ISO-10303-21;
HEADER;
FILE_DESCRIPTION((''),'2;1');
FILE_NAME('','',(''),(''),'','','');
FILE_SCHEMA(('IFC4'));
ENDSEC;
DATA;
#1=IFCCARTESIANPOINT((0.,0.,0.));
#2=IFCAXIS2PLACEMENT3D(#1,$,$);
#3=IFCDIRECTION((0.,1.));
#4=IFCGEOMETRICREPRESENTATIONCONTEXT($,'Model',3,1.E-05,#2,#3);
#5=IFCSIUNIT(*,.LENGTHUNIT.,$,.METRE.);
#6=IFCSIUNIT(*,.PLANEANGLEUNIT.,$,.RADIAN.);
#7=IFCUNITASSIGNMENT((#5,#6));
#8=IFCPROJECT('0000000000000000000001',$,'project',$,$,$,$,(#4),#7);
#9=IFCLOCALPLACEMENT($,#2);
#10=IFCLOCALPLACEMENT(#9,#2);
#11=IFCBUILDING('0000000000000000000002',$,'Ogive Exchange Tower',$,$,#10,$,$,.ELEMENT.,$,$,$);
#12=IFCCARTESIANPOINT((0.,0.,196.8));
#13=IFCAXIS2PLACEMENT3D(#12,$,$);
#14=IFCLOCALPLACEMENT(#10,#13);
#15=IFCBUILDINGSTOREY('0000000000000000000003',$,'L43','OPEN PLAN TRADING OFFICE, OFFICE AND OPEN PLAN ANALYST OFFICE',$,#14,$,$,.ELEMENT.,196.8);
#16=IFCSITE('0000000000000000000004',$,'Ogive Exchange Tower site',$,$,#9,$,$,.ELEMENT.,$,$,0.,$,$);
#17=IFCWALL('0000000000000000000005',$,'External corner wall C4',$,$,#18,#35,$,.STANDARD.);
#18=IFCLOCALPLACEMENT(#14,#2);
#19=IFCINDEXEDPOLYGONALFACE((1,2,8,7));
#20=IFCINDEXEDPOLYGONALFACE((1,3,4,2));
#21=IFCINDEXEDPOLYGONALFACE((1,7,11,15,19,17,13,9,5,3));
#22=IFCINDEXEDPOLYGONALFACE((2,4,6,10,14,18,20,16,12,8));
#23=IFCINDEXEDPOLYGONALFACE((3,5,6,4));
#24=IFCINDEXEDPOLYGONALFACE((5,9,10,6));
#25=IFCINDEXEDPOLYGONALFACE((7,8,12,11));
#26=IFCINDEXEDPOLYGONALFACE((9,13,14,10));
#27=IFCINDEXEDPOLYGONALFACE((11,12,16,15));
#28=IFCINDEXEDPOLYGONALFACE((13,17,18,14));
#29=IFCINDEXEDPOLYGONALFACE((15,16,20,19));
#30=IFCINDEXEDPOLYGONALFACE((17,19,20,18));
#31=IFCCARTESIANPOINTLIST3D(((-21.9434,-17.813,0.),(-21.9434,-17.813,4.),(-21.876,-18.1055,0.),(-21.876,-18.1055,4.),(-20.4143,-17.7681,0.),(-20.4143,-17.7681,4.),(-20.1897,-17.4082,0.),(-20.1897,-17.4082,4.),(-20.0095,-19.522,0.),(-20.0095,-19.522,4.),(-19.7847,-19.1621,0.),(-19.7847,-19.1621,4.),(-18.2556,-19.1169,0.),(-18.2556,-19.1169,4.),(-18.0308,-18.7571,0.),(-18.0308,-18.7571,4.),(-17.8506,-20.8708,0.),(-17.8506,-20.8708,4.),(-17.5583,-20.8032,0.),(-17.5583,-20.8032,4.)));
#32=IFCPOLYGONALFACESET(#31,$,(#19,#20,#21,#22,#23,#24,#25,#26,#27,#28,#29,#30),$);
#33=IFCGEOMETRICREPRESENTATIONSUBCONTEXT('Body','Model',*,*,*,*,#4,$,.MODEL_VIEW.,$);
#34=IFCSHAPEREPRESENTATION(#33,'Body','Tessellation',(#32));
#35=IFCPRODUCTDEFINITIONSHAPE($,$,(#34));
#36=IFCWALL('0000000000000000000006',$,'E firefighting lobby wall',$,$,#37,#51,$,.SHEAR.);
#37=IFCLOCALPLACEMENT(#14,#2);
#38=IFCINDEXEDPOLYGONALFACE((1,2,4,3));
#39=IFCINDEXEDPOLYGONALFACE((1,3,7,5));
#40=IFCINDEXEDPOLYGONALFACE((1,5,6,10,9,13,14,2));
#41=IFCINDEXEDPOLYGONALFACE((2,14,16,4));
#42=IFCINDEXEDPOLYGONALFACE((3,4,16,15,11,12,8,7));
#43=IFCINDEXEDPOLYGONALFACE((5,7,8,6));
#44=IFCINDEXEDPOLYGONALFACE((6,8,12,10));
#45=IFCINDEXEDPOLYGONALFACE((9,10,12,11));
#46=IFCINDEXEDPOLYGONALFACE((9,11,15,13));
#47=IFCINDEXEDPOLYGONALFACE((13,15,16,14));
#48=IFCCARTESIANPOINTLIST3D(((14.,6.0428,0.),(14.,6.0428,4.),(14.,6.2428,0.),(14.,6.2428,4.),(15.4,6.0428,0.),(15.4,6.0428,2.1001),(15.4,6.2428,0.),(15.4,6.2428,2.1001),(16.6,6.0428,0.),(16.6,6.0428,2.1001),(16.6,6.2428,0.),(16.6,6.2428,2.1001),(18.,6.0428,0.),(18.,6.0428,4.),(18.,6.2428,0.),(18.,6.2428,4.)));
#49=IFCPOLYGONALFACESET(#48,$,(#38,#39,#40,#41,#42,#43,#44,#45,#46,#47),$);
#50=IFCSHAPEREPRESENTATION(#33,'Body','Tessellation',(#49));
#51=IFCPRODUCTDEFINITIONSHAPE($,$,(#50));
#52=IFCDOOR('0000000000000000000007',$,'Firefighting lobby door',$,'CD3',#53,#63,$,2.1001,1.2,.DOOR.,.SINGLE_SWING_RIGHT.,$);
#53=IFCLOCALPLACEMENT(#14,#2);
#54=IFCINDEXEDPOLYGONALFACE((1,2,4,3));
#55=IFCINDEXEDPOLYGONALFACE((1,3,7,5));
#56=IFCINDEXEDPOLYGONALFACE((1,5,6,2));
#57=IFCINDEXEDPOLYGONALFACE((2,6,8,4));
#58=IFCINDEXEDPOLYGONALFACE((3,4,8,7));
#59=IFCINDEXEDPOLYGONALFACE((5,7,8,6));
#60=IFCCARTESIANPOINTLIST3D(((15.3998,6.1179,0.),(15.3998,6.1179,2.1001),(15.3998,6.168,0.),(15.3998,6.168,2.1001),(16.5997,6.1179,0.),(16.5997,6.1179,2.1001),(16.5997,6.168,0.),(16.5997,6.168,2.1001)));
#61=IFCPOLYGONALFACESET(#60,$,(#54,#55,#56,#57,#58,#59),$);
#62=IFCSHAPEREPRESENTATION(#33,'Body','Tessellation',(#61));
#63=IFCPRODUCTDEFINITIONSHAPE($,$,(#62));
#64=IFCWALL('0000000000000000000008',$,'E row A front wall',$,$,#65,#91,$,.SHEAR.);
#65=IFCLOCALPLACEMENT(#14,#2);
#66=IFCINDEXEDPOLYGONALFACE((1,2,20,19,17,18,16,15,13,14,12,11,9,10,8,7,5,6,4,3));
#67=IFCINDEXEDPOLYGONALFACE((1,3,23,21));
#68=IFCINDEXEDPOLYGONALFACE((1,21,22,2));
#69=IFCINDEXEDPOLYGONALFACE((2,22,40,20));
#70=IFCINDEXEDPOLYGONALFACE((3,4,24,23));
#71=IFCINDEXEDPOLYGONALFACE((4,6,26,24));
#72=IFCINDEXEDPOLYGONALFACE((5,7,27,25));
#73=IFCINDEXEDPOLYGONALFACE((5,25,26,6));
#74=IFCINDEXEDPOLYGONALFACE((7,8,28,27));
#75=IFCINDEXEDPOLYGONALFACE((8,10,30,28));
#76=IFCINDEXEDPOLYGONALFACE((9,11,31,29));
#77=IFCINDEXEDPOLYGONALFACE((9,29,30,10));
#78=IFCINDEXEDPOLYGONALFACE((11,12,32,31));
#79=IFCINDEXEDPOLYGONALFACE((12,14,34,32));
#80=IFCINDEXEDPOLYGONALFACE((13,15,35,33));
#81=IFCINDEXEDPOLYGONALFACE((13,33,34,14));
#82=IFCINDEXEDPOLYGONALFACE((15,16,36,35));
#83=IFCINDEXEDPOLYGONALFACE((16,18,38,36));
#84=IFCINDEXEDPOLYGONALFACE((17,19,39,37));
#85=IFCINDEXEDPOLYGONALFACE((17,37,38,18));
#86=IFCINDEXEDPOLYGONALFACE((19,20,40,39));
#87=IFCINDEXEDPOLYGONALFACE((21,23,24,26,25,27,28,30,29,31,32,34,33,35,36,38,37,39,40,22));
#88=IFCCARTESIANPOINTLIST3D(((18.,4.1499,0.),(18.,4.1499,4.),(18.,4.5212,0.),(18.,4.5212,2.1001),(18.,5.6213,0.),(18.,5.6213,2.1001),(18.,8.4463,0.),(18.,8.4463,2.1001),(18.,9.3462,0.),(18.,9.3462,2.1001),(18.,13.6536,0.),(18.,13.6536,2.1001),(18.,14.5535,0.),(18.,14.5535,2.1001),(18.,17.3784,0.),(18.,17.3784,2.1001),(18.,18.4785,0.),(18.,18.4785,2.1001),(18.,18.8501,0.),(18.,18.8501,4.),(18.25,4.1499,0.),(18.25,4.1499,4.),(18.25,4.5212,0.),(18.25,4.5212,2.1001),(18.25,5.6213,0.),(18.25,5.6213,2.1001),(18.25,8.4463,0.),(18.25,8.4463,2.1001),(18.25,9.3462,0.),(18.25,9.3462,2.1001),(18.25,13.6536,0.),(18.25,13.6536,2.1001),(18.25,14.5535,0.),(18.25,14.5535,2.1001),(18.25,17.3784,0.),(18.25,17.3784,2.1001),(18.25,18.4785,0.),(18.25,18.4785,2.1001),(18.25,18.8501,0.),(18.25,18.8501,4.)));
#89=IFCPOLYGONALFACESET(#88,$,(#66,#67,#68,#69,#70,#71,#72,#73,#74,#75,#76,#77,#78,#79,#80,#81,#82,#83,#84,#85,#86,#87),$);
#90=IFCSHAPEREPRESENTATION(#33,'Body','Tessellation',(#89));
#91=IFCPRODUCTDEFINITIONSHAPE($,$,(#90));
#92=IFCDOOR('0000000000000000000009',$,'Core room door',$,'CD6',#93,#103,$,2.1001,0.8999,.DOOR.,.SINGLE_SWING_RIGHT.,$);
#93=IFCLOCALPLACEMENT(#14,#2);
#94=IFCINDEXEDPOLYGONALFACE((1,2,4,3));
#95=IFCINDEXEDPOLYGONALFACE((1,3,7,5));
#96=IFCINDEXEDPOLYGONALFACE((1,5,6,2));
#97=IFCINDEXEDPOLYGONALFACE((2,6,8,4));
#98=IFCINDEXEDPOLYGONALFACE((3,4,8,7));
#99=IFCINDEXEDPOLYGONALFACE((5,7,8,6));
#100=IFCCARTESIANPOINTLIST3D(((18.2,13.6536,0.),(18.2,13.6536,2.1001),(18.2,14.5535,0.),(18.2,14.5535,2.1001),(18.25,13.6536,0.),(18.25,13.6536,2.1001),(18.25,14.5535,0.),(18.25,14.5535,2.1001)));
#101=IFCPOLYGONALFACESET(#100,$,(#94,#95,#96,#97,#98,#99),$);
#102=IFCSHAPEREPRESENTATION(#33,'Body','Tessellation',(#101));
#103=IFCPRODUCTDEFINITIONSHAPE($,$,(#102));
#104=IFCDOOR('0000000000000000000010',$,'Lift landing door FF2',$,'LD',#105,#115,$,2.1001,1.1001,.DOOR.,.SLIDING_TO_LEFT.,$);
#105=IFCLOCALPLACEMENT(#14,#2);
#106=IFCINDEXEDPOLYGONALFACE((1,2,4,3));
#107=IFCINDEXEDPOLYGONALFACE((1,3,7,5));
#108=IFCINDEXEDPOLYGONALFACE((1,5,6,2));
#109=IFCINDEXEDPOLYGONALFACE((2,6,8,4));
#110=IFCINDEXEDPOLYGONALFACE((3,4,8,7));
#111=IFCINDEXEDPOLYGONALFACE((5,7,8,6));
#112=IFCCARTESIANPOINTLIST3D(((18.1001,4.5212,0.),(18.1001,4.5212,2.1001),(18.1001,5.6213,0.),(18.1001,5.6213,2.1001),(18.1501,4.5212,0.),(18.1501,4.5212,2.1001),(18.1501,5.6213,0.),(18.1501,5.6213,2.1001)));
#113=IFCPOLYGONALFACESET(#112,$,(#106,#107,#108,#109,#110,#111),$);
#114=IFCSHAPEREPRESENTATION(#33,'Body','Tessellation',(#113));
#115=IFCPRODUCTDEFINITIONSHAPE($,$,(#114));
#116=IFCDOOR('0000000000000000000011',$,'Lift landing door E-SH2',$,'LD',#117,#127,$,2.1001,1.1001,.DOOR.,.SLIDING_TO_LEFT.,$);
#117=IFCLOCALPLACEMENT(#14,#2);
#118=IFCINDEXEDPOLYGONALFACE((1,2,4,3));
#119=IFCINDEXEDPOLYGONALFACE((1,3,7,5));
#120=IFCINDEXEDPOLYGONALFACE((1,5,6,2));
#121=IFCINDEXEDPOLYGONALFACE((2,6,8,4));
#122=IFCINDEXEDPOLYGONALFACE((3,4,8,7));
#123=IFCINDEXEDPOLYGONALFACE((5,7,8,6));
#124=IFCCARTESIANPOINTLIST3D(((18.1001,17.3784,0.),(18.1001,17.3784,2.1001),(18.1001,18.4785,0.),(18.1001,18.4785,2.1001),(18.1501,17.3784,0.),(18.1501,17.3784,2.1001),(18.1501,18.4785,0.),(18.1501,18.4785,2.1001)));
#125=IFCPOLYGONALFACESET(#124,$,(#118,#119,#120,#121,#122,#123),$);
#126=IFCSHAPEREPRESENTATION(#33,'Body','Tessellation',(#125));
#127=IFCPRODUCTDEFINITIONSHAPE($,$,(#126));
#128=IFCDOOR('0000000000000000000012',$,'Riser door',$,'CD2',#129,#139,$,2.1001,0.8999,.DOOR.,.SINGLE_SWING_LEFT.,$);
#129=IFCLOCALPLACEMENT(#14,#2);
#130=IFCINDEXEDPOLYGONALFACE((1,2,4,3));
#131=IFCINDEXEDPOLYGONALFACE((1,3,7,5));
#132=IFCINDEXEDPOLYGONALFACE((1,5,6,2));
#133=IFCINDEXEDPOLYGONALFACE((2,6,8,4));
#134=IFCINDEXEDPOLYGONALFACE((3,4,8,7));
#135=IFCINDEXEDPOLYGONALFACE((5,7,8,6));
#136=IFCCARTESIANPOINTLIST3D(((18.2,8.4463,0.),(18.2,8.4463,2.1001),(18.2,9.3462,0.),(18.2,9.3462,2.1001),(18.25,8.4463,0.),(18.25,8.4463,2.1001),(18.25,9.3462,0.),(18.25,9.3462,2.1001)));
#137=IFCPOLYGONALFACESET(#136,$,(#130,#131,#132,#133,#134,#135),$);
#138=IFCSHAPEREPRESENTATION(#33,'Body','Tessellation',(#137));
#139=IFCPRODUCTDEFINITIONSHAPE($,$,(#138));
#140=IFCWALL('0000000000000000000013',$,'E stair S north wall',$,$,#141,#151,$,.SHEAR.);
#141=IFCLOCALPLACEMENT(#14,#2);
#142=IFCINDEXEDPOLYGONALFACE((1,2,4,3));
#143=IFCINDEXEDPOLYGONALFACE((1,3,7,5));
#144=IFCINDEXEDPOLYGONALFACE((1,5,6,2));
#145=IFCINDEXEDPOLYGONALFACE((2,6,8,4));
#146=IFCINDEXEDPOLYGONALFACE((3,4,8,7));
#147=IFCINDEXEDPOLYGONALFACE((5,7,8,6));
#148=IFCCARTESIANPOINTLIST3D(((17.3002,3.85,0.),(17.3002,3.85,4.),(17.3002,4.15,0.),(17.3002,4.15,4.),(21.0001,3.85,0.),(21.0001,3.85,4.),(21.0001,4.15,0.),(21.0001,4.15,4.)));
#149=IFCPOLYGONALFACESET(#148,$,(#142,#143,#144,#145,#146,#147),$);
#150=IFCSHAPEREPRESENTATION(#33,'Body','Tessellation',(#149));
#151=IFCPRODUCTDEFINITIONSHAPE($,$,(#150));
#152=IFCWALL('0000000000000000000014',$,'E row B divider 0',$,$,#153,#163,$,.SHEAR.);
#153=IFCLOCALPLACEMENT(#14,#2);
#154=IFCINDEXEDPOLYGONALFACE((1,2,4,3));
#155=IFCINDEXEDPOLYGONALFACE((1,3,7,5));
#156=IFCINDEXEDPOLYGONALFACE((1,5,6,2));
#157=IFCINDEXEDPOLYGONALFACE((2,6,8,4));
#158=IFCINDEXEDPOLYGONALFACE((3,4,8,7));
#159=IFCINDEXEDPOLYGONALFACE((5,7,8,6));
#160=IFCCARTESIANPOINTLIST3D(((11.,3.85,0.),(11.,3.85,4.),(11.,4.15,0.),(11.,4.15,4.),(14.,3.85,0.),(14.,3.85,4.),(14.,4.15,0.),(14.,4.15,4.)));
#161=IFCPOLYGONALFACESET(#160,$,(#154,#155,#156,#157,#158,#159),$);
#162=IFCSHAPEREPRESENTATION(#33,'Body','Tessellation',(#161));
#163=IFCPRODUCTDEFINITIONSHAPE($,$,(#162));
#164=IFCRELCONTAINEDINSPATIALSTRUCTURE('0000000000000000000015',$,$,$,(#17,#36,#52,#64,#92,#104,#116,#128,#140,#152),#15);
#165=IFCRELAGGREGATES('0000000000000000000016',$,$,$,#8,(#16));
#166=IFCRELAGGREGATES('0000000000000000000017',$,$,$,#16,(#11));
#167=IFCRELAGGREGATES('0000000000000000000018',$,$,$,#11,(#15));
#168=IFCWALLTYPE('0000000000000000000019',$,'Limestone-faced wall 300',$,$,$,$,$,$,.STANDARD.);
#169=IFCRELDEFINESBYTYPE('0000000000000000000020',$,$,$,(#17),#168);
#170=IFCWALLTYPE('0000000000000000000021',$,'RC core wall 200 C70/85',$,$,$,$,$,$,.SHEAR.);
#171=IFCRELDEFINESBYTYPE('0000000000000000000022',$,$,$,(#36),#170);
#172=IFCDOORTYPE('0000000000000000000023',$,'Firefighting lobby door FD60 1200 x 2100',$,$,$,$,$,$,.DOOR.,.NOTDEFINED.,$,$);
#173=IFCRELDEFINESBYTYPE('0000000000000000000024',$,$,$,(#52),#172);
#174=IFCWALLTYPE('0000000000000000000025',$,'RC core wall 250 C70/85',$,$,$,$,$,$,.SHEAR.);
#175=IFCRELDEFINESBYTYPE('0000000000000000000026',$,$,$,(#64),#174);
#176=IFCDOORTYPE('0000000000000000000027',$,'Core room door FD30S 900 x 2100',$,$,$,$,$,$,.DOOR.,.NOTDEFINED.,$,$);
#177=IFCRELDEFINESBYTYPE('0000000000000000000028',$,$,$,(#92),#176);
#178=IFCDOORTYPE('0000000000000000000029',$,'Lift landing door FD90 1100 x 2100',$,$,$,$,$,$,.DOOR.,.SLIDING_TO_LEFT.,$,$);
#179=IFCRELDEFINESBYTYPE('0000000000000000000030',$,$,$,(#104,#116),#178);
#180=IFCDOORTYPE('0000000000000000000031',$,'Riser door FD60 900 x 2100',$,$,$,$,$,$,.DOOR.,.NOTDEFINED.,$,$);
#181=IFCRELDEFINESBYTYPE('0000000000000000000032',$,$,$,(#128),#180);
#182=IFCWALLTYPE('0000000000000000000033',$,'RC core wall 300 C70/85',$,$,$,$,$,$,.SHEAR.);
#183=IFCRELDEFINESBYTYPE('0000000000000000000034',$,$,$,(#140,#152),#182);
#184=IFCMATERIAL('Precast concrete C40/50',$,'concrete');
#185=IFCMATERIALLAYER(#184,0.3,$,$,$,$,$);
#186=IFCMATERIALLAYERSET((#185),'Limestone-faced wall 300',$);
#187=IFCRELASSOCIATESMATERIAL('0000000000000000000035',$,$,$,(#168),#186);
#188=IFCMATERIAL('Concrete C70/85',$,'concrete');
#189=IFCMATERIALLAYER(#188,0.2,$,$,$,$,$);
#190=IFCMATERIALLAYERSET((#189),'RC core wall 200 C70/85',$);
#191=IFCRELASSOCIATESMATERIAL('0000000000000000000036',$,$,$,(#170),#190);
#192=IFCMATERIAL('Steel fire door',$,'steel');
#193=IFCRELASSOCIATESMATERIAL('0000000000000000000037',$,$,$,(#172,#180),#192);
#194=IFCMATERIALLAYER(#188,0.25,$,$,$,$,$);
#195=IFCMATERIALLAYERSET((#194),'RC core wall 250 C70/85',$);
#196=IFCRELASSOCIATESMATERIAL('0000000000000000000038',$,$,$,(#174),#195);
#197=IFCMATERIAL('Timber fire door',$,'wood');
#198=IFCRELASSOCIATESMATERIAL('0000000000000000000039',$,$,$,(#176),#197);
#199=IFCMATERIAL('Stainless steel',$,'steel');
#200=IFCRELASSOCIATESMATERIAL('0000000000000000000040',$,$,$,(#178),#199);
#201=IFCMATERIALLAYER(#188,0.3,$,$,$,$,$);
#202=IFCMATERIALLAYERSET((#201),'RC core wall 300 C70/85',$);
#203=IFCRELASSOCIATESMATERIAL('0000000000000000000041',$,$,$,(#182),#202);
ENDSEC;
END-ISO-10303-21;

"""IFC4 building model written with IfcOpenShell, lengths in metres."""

from ifc_helpers import new_model, si_unit, direction, frame, frame_2d, origin, place, context, subcontext, project, spatial, polyline, rectangle, outline, extrude, material, layer, layer_set, type_object, element, fill, save


model = new_model("IFC4")

# Units and contexts
model_context = context("Model", 3, precision=1e-05, world=origin(), true_north=direction((0.0, 1.0)))
body_context = subcontext(model_context, "Body", "Model", "MODEL_VIEW")
ifc_project = project(units=[si_unit("LENGTHUNIT", "METRE"), si_unit("PLANEANGLEUNIT", "RADIAN")], contexts=[model_context])

# Site, building, storey
site_placement = place(None, origin())
site = spatial("IfcSite", under=ifc_project, at=site_placement, Name="Ogive Exchange Tower site", CompositionType="ELEMENT", RefElevation=0.0)
building_placement = place(site_placement, origin())
building = spatial("IfcBuilding", under=site, at=building_placement, Name="Ogive Exchange Tower", CompositionType="ELEMENT")
storey_placement = place(building_placement, frame((0.0, 0.0, 196.8)))
storey = spatial("IfcBuildingStorey", under=building, at=storey_placement, Name="L43", Description="OPEN PLAN TRADING OFFICE, OFFICE AND OPEN PLAN ANALYST OFFICE", CompositionType="ELEMENT", Elevation=196.8)

# Shared definitions
ifc_material_1 = material(Name="Concrete C70/85", Category="concrete")

# Wall
ifc_material_2 = material(Name="Precast concrete C40/50", Category="concrete")
ifc_layer_1 = layer(ifc_material_2, 0.3)
ifc_layer_set_1 = layer_set([ifc_layer_1], Name="Limestone-faced wall 300")
wall_type_1 = type_object("IfcWallType", Name="Limestone-faced wall 300", PredefinedType="STANDARD", material=ifc_layer_set_1)
wall_1_placement = place(storey_placement, origin())
element("IfcWall", 1, at=wall_1_placement, inside=storey, type_object=wall_type_1, Name="External corner wall C4", PredefinedType="STANDARD", context=body_context, shape_type="SweptSolid", body=[
    extrude(outline(polyline([(-18.2556, -19.1169), (-20.0095, -19.522), (-20.4143, -17.7681), (-21.876, -18.1055), (-21.9434, -17.813), (-20.1897, -17.4082), (-19.7847, -19.1621), (-18.0308, -18.7571), (-17.5583, -20.8032), (-17.8506, -20.8708), (-18.2556, -19.1169)])), origin(), (0.0, 0.0, 1.0), 4.0),
])

# Wall, opening, door
ifc_layer_2 = layer(ifc_material_1, 0.2)
ifc_layer_set_2 = layer_set([ifc_layer_2], Name="RC core wall 200 C70/85")
wall_type_2 = type_object("IfcWallType", Name="RC core wall 200 C70/85", PredefinedType="SHEAR", material=ifc_layer_set_2)
wall_2_placement = place(storey_placement, frame((14.0, 6.1428, 0.0), z_axis=(0.0, 0.0, 1.0), x_axis=(1.0, 0.0, 0.0)))
wall_2 = element("IfcWall", 2, at=wall_2_placement, inside=storey, type_object=wall_type_2, Name="E firefighting lobby wall", PredefinedType="SHEAR", context=body_context, shape_type="SweptSolid", body=[
    extrude(rectangle(XDim=4.0, YDim=0.2, at=frame_2d((2.0, 0.0))), origin(), (0.0, 0.0, 1.0), 4.0),
])
opening_1_placement = place(wall_2_placement, frame((1.3999, 0.0, 0.0)))
opening_1 = element("IfcOpeningElement", 3, at=opening_1_placement, cuts=wall_2, PredefinedType="OPENING", context=body_context, shape_type="SweptSolid", body=[
    extrude(rectangle(XDim=1.2, YDim=2.1001, at=frame_2d((0.6001, 1.05))), frame((0.0, 0.1099, 0.0), z_axis=(0.0, -1.0, 0.0), x_axis=(1.0, 0.0, 0.0)), (0.0, 0.0, 1.0), 0.22),
])
ifc_material_3 = material(Name="Steel fire door", Category="steel")
door_type_1 = type_object("IfcDoorType", Name="Firefighting lobby door FD60 1200 x 2100", OperationType="NOTDEFINED", PredefinedType="DOOR", material=ifc_material_3)
door_1_placement = place(opening_1_placement, frame((1.2, 0.0, 0.0), z_axis=(0.0, 0.0, 1.0), x_axis=(-1.0, 0.0, 0.0)))
door_1 = element("IfcDoor", 4, at=door_1_placement, inside=storey, type_object=door_type_1, Name="Firefighting lobby door", ObjectType="CD3", OperationType="SINGLE_SWING_RIGHT", OverallHeight=2.1001, OverallWidth=1.2, PredefinedType="DOOR", context=body_context, shape_type="SweptSolid", body=[
    extrude(rectangle(XDim=1.2, YDim=2.1001, at=frame_2d((0.6001, 1.05))), frame((0.0, 0.0249, 0.0), z_axis=(0.0, -1.0, 0.0), x_axis=(1.0, 0.0, 0.0)), (0.0, 0.0, 1.0), 0.05),
])
fill(opening_1, door_1)

# Wall, openings, doors
ifc_layer_3 = layer(ifc_material_1, 0.25)
ifc_layer_set_3 = layer_set([ifc_layer_3], Name="RC core wall 250 C70/85")
wall_type_3 = type_object("IfcWallType", Name="RC core wall 250 C70/85", PredefinedType="SHEAR", material=ifc_layer_set_3)
wall_3_placement = place(storey_placement, frame((18.125, 4.1499, 0.0), z_axis=(0.0, 0.0, 1.0), x_axis=(0.0, 1.0, 0.0)))
wall_3 = element("IfcWall", 5, at=wall_3_placement, inside=storey, type_object=wall_type_3, Name="E row A front wall", PredefinedType="SHEAR", context=body_context, shape_type="SweptSolid", body=[
    extrude(rectangle(XDim=14.7002, YDim=0.25, at=frame_2d((7.3501, 0.0))), origin(), (0.0, 0.0, 1.0), 4.0),
])
opening_2_placement = place(wall_3_placement, frame((4.2964, 0.0, 0.0)))
opening_2 = element("IfcOpeningElement", 6, at=opening_2_placement, cuts=wall_3, PredefinedType="OPENING", context=body_context, shape_type="SweptSolid", body=[
    extrude(rectangle(XDim=0.8999, YDim=2.1001, at=frame_2d((0.45, 1.05))), frame((0.0, 0.135, 0.0), z_axis=(0.0, -1.0, 0.0), x_axis=(1.0, 0.0, 0.0)), (0.0, 0.0, 1.0), 0.27),
])
opening_3_placement = place(wall_3_placement, frame((9.5037, 0.0, 0.0)))
opening_3 = element("IfcOpeningElement", 7, at=opening_3_placement, cuts=wall_3, PredefinedType="OPENING", context=body_context, shape_type="SweptSolid", body=[
    extrude(rectangle(XDim=0.8999, YDim=2.1001, at=frame_2d((0.45, 1.05))), frame((0.0, 0.135, 0.0), z_axis=(0.0, -1.0, 0.0), x_axis=(1.0, 0.0, 0.0)), (0.0, 0.0, 1.0), 0.27),
])
opening_4_placement = place(wall_3_placement, frame((0.3713, 0.0, 0.0)))
opening_4 = element("IfcOpeningElement", 8, at=opening_4_placement, cuts=wall_3, PredefinedType="OPENING", context=body_context, shape_type="SweptSolid", body=[
    extrude(rectangle(XDim=1.1001, YDim=2.1001, at=frame_2d((0.55, 1.05))), frame((0.0, 0.135, 0.0), z_axis=(0.0, -1.0, 0.0), x_axis=(1.0, 0.0, 0.0)), (0.0, 0.0, 1.0), 0.27),
])
opening_5_placement = place(wall_3_placement, frame((13.2285, 0.0, 0.0)))
opening_5 = element("IfcOpeningElement", 9, at=opening_5_placement, cuts=wall_3, PredefinedType="OPENING", context=body_context, shape_type="SweptSolid", body=[
    extrude(rectangle(XDim=1.1001, YDim=2.1001, at=frame_2d((0.55, 1.05))), frame((0.0, 0.135, 0.0), z_axis=(0.0, -1.0, 0.0), x_axis=(1.0, 0.0, 0.0)), (0.0, 0.0, 1.0), 0.27),
])
ifc_material_4 = material(Name="Timber fire door", Category="wood")
door_type_2 = type_object("IfcDoorType", Name="Core room door FD30S 900 x 2100", OperationType="NOTDEFINED", PredefinedType="DOOR", material=ifc_material_4)
door_2_placement = place(opening_3_placement, frame((0.8999, -0.2002, 0.0), z_axis=(0.0, 0.0, 1.0), x_axis=(-1.0, 0.0, 0.0)))
door_2 = element("IfcDoor", 10, at=door_2_placement, inside=storey, type_object=door_type_2, Name="Core room door", ObjectType="CD6", OperationType="SINGLE_SWING_RIGHT", OverallHeight=2.1001, OverallWidth=0.8999, PredefinedType="DOOR", context=body_context, shape_type="SweptSolid", body=[
    extrude(rectangle(XDim=0.8999, YDim=2.1001, at=frame_2d((0.45, 1.05))), frame((0.0, -0.0752, 0.0), z_axis=(0.0, -1.0, 0.0), x_axis=(1.0, 0.0, 0.0)), (0.0, 0.0, 1.0), 0.05),
])
fill(opening_3, door_2)
ifc_material_5 = material(Name="Stainless steel", Category="steel")
door_type_3 = type_object("IfcDoorType", Name="Lift landing door FD90 1100 x 2100", OperationType="SLIDING_TO_LEFT", PredefinedType="DOOR", material=ifc_material_5)
door_3_placement = place(opening_4_placement, origin())
door_3 = element("IfcDoor", 11, at=door_3_placement, inside=storey, type_object=door_type_3, Name="Lift landing door FF2", ObjectType="LD", OperationType="SLIDING_TO_LEFT", OverallHeight=2.1001, OverallWidth=1.1001, PredefinedType="DOOR", context=body_context, shape_type="SweptSolid", body=[
    extrude(rectangle(XDim=1.1001, YDim=2.1001, at=frame_2d((0.55, 1.05))), frame((0.0, 0.0249, 0.0), z_axis=(0.0, -1.0, 0.0), x_axis=(1.0, 0.0, 0.0)), (0.0, 0.0, 1.0), 0.05),
])
fill(opening_4, door_3)
door_4_placement = place(opening_5_placement, origin())
door_4 = element("IfcDoor", 12, at=door_4_placement, inside=storey, type_object=door_type_3, Name="Lift landing door E-SH2", ObjectType="LD", OperationType="SLIDING_TO_LEFT", OverallHeight=2.1001, OverallWidth=1.1001, PredefinedType="DOOR", context=body_context, shape_type="SweptSolid", body=[
    extrude(rectangle(XDim=1.1001, YDim=2.1001, at=frame_2d((0.55, 1.05))), frame((0.0, 0.0249, 0.0), z_axis=(0.0, -1.0, 0.0), x_axis=(1.0, 0.0, 0.0)), (0.0, 0.0, 1.0), 0.05),
])
fill(opening_5, door_4)
door_type_4 = type_object("IfcDoorType", Name="Riser door FD60 900 x 2100", OperationType="NOTDEFINED", PredefinedType="DOOR", material=ifc_material_3)
door_5_placement = place(opening_2_placement, frame((0.8999, -0.2002, 0.0), z_axis=(0.0, 0.0, 1.0), x_axis=(-1.0, 0.0, 0.0)))
door_5 = element("IfcDoor", 13, at=door_5_placement, inside=storey, type_object=door_type_4, Name="Riser door", ObjectType="CD2", OperationType="SINGLE_SWING_LEFT", OverallHeight=2.1001, OverallWidth=0.8999, PredefinedType="DOOR", context=body_context, shape_type="SweptSolid", body=[
    extrude(rectangle(XDim=0.8999, YDim=2.1001, at=frame_2d((0.45, 1.05))), frame((0.0, -0.0752, 0.0), z_axis=(0.0, -1.0, 0.0), x_axis=(1.0, 0.0, 0.0)), (0.0, 0.0, 1.0), 0.05),
])
fill(opening_2, door_5)

# Walls
ifc_layer_4 = layer(ifc_material_1, 0.3)
ifc_layer_set_4 = layer_set([ifc_layer_4], Name="RC core wall 300 C70/85")
wall_type_4 = type_object("IfcWallType", Name="RC core wall 300 C70/85", PredefinedType="SHEAR", material=ifc_layer_set_4)
wall_4_placement = place(storey_placement, frame((17.3, 4.0, 0.0), z_axis=(0.0, 0.0, 1.0), x_axis=(1.0, 0.0, 0.0)))
element("IfcWall", 14, at=wall_4_placement, inside=storey, type_object=wall_type_4, Name="E stair S north wall", PredefinedType="SHEAR", context=body_context, shape_type="SweptSolid", body=[
    extrude(rectangle(XDim=3.7, YDim=0.3, at=frame_2d((1.8501, 0.0))), origin(), (0.0, 0.0, 1.0), 4.0),
])
wall_5_placement = place(storey_placement, frame((11.0, 4.0, 0.0), z_axis=(0.0, 0.0, 1.0), x_axis=(1.0, 0.0, 0.0)))
element("IfcWall", 15, at=wall_5_placement, inside=storey, type_object=wall_type_4, Name="E row B divider 0", PredefinedType="SHEAR", context=body_context, shape_type="SweptSolid", body=[
    extrude(rectangle(XDim=3.0, YDim=0.3, at=frame_2d((1.5, 0.0))), origin(), (0.0, 0.0, 1.0), 4.0),
])

save(model, "model.ifc")
